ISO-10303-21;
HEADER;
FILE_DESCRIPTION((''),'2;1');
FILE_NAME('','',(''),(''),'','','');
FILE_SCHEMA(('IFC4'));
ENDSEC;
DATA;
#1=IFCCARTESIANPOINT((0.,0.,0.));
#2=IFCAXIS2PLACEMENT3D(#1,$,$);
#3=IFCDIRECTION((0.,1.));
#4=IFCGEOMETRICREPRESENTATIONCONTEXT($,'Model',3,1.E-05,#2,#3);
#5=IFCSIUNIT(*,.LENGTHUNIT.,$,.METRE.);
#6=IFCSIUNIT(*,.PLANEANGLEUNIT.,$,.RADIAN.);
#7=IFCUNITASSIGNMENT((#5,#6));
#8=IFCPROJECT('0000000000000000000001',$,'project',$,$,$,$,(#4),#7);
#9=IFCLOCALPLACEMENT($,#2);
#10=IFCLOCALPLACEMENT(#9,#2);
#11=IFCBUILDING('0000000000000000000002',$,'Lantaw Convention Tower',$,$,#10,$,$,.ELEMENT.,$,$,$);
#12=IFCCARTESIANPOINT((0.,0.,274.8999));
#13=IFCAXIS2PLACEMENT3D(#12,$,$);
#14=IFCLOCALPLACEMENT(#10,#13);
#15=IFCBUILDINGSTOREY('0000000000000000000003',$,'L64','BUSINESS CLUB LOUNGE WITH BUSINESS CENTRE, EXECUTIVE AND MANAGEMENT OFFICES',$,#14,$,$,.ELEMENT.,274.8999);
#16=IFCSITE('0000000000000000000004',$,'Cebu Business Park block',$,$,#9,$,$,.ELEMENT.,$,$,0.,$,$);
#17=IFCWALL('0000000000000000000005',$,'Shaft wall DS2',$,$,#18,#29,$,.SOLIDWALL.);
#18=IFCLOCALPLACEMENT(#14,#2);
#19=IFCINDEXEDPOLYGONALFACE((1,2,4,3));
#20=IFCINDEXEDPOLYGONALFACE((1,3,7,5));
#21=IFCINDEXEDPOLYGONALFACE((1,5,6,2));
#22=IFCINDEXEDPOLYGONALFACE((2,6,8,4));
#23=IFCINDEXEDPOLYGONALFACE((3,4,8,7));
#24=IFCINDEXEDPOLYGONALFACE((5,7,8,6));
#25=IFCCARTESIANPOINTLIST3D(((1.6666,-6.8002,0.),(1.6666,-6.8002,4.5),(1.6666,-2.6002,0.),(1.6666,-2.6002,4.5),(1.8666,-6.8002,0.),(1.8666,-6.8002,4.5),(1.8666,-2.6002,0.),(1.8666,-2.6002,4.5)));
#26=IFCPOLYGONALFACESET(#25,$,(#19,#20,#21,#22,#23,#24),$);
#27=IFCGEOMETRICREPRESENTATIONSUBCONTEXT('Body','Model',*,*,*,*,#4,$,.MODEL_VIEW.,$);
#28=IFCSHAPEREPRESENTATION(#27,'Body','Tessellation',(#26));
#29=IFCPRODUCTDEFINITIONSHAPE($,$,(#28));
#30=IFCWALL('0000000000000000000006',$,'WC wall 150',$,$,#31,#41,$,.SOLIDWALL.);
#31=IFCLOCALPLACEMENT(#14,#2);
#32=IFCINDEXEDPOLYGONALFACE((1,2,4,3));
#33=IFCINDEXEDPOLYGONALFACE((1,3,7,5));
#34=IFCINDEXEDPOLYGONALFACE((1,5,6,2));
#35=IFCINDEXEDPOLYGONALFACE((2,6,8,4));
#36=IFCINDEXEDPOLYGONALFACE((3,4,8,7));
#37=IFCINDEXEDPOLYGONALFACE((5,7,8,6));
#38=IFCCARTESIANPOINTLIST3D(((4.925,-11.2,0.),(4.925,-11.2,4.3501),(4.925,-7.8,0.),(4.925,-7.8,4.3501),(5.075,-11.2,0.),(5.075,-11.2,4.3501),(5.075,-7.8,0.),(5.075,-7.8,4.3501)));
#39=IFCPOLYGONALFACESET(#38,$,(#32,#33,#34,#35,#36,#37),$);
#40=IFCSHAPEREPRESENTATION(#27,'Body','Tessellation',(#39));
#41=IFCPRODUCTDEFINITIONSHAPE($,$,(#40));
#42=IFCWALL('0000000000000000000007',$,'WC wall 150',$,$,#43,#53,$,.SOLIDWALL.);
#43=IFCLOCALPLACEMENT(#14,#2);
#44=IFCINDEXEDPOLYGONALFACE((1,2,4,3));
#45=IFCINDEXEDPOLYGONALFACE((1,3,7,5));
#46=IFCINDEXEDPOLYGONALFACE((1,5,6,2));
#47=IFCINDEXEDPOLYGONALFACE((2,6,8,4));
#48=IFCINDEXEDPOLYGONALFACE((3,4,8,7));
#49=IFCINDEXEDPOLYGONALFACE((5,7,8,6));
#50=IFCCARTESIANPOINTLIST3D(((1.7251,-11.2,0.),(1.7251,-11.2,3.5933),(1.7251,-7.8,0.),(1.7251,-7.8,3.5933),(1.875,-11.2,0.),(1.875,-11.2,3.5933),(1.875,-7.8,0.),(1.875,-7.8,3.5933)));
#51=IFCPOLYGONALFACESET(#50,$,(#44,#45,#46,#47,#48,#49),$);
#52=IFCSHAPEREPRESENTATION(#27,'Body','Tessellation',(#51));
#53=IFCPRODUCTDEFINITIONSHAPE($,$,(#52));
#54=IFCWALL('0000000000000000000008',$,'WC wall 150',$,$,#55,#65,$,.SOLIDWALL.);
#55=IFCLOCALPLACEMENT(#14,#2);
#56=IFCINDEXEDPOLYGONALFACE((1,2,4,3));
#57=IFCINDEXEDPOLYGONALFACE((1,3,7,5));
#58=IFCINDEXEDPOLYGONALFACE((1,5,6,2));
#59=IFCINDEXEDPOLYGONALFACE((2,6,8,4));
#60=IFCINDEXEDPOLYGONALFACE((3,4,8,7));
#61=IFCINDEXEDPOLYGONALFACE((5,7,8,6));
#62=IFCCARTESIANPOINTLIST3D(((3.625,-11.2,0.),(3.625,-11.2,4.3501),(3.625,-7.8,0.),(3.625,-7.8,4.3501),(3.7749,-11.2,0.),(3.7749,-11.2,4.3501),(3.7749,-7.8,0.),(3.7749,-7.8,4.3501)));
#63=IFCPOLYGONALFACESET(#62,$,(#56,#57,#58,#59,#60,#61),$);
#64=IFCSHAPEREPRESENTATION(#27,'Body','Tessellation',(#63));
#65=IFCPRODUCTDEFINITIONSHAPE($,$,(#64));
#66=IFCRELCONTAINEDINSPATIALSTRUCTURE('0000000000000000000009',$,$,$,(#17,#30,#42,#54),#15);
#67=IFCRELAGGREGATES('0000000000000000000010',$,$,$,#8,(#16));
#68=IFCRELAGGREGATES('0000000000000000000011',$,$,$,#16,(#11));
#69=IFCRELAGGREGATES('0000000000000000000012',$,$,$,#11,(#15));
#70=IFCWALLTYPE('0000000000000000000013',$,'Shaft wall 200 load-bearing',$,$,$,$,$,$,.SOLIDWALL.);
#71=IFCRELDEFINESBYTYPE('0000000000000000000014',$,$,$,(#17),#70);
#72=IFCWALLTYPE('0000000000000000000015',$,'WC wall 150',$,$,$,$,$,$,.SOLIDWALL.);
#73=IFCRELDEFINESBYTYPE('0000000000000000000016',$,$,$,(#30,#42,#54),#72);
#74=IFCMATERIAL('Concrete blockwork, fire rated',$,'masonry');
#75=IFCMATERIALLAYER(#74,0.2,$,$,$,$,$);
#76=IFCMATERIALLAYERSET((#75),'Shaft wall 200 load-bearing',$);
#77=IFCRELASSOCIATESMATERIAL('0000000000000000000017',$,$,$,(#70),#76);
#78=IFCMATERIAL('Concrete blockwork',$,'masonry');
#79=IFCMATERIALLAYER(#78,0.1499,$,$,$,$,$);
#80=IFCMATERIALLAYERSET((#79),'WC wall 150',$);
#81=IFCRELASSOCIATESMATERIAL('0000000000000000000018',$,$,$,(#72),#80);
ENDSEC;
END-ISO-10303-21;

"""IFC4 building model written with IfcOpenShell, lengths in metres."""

from ifc_helpers import new_model, si_unit, direction, frame, frame_2d, origin, place, context, subcontext, project, spatial, rectangle, extrude, material, layer, layer_set, type_object, element, save


model = new_model("IFC4")

# Units and contexts
model_context = context("Model", 3, precision=1e-05, world=origin(), true_north=direction((0.0, 1.0)))
body_context = subcontext(model_context, "Body", "Model", "MODEL_VIEW")
ifc_project = project(units=[si_unit("LENGTHUNIT", "METRE"), si_unit("PLANEANGLEUNIT", "RADIAN")], contexts=[model_context])

# Site, building, storey
site_placement = place(None, origin())
site = spatial("IfcSite", under=ifc_project, at=site_placement, Name="Cebu Business Park block", CompositionType="ELEMENT", RefElevation=0.0)
building_placement = place(site_placement, origin())
building = spatial("IfcBuilding", under=site, at=building_placement, Name="Lantaw Convention Tower", CompositionType="ELEMENT")
storey_placement = place(building_placement, frame((0.0, 0.0, 274.8999)))
storey = spatial("IfcBuildingStorey", under=building, at=storey_placement, Name="L64", Description="BUSINESS CLUB LOUNGE WITH BUSINESS CENTRE, EXECUTIVE AND MANAGEMENT OFFICES", CompositionType="ELEMENT", Elevation=274.8999)

# Walls
ifc_material_1 = material(Name="Concrete blockwork, fire rated", Category="masonry")
ifc_layer_1 = layer(ifc_material_1, 0.2)
ifc_layer_set_1 = layer_set([ifc_layer_1], Name="Shaft wall 200 load-bearing")
wall_type_1 = type_object("IfcWallType", Name="Shaft wall 200 load-bearing", PredefinedType="SOLIDWALL", material=ifc_layer_set_1)
wall_1_placement = place(storey_placement, frame((1.7666, -2.6001, 0.0), z_axis=(0.0, 0.0, 1.0), x_axis=(0.0, -1.0, 0.0)))
element("IfcWall", 1, at=wall_1_placement, inside=storey, type_object=wall_type_1, Name="Shaft wall DS2", PredefinedType="SOLIDWALL", context=body_context, shape_type="SweptSolid", body=[
    extrude(rectangle(XDim=4.2, YDim=0.2, at=frame_2d((2.1001, 0.0))), origin(), (0.0, 0.0, 1.0), 4.5),
])
ifc_material_2 = material(Name="Concrete blockwork", Category="masonry")
ifc_layer_2 = layer(ifc_material_2, 0.1499)
ifc_layer_set_2 = layer_set([ifc_layer_2], Name="WC wall 150")
wall_type_2 = type_object("IfcWallType", Name="WC wall 150", PredefinedType="SOLIDWALL", material=ifc_layer_set_2)
wall_2_placement = place(storey_placement, frame((5.0, -7.8, 0.0), z_axis=(0.0, 0.0, 1.0), x_axis=(0.0, -1.0, 0.0)))
element("IfcWall", 2, at=wall_2_placement, inside=storey, type_object=wall_type_2, Name="WC wall 150", PredefinedType="SOLIDWALL", context=body_context, shape_type="SweptSolid", body=[
    extrude(rectangle(XDim=3.3999, YDim=0.1499, at=frame_2d((1.7, 0.0))), origin(), (0.0, 0.0, 1.0), 4.3501),
])
wall_3_placement = place(storey_placement, frame((1.8, -7.8, 0.0), z_axis=(0.0, 0.0, 1.0), x_axis=(0.0, -1.0, 0.0)))
element("IfcWall", 3, at=wall_3_placement, inside=storey, type_object=wall_type_2, Name="WC wall 150", PredefinedType="SOLIDWALL", context=body_context, shape_type="SweptSolid", body=[
    extrude(rectangle(XDim=3.3999, YDim=0.1499, at=frame_2d((1.7, 0.0))), origin(), (0.0, 0.0, 1.0), 3.5933),
])
wall_4_placement = place(storey_placement, frame((3.7, -7.8, 0.0), z_axis=(0.0, 0.0, 1.0), x_axis=(0.0, -1.0, 0.0)))
element("IfcWall", 4, at=wall_4_placement, inside=storey, type_object=wall_type_2, Name="WC wall 150", PredefinedType="SOLIDWALL", context=body_context, shape_type="SweptSolid", body=[
    extrude(rectangle(XDim=3.3999, YDim=0.1499, at=frame_2d((1.7, 0.0))), origin(), (0.0, 0.0, 1.0), 4.3501),
])

save(model, "model.ifc")
